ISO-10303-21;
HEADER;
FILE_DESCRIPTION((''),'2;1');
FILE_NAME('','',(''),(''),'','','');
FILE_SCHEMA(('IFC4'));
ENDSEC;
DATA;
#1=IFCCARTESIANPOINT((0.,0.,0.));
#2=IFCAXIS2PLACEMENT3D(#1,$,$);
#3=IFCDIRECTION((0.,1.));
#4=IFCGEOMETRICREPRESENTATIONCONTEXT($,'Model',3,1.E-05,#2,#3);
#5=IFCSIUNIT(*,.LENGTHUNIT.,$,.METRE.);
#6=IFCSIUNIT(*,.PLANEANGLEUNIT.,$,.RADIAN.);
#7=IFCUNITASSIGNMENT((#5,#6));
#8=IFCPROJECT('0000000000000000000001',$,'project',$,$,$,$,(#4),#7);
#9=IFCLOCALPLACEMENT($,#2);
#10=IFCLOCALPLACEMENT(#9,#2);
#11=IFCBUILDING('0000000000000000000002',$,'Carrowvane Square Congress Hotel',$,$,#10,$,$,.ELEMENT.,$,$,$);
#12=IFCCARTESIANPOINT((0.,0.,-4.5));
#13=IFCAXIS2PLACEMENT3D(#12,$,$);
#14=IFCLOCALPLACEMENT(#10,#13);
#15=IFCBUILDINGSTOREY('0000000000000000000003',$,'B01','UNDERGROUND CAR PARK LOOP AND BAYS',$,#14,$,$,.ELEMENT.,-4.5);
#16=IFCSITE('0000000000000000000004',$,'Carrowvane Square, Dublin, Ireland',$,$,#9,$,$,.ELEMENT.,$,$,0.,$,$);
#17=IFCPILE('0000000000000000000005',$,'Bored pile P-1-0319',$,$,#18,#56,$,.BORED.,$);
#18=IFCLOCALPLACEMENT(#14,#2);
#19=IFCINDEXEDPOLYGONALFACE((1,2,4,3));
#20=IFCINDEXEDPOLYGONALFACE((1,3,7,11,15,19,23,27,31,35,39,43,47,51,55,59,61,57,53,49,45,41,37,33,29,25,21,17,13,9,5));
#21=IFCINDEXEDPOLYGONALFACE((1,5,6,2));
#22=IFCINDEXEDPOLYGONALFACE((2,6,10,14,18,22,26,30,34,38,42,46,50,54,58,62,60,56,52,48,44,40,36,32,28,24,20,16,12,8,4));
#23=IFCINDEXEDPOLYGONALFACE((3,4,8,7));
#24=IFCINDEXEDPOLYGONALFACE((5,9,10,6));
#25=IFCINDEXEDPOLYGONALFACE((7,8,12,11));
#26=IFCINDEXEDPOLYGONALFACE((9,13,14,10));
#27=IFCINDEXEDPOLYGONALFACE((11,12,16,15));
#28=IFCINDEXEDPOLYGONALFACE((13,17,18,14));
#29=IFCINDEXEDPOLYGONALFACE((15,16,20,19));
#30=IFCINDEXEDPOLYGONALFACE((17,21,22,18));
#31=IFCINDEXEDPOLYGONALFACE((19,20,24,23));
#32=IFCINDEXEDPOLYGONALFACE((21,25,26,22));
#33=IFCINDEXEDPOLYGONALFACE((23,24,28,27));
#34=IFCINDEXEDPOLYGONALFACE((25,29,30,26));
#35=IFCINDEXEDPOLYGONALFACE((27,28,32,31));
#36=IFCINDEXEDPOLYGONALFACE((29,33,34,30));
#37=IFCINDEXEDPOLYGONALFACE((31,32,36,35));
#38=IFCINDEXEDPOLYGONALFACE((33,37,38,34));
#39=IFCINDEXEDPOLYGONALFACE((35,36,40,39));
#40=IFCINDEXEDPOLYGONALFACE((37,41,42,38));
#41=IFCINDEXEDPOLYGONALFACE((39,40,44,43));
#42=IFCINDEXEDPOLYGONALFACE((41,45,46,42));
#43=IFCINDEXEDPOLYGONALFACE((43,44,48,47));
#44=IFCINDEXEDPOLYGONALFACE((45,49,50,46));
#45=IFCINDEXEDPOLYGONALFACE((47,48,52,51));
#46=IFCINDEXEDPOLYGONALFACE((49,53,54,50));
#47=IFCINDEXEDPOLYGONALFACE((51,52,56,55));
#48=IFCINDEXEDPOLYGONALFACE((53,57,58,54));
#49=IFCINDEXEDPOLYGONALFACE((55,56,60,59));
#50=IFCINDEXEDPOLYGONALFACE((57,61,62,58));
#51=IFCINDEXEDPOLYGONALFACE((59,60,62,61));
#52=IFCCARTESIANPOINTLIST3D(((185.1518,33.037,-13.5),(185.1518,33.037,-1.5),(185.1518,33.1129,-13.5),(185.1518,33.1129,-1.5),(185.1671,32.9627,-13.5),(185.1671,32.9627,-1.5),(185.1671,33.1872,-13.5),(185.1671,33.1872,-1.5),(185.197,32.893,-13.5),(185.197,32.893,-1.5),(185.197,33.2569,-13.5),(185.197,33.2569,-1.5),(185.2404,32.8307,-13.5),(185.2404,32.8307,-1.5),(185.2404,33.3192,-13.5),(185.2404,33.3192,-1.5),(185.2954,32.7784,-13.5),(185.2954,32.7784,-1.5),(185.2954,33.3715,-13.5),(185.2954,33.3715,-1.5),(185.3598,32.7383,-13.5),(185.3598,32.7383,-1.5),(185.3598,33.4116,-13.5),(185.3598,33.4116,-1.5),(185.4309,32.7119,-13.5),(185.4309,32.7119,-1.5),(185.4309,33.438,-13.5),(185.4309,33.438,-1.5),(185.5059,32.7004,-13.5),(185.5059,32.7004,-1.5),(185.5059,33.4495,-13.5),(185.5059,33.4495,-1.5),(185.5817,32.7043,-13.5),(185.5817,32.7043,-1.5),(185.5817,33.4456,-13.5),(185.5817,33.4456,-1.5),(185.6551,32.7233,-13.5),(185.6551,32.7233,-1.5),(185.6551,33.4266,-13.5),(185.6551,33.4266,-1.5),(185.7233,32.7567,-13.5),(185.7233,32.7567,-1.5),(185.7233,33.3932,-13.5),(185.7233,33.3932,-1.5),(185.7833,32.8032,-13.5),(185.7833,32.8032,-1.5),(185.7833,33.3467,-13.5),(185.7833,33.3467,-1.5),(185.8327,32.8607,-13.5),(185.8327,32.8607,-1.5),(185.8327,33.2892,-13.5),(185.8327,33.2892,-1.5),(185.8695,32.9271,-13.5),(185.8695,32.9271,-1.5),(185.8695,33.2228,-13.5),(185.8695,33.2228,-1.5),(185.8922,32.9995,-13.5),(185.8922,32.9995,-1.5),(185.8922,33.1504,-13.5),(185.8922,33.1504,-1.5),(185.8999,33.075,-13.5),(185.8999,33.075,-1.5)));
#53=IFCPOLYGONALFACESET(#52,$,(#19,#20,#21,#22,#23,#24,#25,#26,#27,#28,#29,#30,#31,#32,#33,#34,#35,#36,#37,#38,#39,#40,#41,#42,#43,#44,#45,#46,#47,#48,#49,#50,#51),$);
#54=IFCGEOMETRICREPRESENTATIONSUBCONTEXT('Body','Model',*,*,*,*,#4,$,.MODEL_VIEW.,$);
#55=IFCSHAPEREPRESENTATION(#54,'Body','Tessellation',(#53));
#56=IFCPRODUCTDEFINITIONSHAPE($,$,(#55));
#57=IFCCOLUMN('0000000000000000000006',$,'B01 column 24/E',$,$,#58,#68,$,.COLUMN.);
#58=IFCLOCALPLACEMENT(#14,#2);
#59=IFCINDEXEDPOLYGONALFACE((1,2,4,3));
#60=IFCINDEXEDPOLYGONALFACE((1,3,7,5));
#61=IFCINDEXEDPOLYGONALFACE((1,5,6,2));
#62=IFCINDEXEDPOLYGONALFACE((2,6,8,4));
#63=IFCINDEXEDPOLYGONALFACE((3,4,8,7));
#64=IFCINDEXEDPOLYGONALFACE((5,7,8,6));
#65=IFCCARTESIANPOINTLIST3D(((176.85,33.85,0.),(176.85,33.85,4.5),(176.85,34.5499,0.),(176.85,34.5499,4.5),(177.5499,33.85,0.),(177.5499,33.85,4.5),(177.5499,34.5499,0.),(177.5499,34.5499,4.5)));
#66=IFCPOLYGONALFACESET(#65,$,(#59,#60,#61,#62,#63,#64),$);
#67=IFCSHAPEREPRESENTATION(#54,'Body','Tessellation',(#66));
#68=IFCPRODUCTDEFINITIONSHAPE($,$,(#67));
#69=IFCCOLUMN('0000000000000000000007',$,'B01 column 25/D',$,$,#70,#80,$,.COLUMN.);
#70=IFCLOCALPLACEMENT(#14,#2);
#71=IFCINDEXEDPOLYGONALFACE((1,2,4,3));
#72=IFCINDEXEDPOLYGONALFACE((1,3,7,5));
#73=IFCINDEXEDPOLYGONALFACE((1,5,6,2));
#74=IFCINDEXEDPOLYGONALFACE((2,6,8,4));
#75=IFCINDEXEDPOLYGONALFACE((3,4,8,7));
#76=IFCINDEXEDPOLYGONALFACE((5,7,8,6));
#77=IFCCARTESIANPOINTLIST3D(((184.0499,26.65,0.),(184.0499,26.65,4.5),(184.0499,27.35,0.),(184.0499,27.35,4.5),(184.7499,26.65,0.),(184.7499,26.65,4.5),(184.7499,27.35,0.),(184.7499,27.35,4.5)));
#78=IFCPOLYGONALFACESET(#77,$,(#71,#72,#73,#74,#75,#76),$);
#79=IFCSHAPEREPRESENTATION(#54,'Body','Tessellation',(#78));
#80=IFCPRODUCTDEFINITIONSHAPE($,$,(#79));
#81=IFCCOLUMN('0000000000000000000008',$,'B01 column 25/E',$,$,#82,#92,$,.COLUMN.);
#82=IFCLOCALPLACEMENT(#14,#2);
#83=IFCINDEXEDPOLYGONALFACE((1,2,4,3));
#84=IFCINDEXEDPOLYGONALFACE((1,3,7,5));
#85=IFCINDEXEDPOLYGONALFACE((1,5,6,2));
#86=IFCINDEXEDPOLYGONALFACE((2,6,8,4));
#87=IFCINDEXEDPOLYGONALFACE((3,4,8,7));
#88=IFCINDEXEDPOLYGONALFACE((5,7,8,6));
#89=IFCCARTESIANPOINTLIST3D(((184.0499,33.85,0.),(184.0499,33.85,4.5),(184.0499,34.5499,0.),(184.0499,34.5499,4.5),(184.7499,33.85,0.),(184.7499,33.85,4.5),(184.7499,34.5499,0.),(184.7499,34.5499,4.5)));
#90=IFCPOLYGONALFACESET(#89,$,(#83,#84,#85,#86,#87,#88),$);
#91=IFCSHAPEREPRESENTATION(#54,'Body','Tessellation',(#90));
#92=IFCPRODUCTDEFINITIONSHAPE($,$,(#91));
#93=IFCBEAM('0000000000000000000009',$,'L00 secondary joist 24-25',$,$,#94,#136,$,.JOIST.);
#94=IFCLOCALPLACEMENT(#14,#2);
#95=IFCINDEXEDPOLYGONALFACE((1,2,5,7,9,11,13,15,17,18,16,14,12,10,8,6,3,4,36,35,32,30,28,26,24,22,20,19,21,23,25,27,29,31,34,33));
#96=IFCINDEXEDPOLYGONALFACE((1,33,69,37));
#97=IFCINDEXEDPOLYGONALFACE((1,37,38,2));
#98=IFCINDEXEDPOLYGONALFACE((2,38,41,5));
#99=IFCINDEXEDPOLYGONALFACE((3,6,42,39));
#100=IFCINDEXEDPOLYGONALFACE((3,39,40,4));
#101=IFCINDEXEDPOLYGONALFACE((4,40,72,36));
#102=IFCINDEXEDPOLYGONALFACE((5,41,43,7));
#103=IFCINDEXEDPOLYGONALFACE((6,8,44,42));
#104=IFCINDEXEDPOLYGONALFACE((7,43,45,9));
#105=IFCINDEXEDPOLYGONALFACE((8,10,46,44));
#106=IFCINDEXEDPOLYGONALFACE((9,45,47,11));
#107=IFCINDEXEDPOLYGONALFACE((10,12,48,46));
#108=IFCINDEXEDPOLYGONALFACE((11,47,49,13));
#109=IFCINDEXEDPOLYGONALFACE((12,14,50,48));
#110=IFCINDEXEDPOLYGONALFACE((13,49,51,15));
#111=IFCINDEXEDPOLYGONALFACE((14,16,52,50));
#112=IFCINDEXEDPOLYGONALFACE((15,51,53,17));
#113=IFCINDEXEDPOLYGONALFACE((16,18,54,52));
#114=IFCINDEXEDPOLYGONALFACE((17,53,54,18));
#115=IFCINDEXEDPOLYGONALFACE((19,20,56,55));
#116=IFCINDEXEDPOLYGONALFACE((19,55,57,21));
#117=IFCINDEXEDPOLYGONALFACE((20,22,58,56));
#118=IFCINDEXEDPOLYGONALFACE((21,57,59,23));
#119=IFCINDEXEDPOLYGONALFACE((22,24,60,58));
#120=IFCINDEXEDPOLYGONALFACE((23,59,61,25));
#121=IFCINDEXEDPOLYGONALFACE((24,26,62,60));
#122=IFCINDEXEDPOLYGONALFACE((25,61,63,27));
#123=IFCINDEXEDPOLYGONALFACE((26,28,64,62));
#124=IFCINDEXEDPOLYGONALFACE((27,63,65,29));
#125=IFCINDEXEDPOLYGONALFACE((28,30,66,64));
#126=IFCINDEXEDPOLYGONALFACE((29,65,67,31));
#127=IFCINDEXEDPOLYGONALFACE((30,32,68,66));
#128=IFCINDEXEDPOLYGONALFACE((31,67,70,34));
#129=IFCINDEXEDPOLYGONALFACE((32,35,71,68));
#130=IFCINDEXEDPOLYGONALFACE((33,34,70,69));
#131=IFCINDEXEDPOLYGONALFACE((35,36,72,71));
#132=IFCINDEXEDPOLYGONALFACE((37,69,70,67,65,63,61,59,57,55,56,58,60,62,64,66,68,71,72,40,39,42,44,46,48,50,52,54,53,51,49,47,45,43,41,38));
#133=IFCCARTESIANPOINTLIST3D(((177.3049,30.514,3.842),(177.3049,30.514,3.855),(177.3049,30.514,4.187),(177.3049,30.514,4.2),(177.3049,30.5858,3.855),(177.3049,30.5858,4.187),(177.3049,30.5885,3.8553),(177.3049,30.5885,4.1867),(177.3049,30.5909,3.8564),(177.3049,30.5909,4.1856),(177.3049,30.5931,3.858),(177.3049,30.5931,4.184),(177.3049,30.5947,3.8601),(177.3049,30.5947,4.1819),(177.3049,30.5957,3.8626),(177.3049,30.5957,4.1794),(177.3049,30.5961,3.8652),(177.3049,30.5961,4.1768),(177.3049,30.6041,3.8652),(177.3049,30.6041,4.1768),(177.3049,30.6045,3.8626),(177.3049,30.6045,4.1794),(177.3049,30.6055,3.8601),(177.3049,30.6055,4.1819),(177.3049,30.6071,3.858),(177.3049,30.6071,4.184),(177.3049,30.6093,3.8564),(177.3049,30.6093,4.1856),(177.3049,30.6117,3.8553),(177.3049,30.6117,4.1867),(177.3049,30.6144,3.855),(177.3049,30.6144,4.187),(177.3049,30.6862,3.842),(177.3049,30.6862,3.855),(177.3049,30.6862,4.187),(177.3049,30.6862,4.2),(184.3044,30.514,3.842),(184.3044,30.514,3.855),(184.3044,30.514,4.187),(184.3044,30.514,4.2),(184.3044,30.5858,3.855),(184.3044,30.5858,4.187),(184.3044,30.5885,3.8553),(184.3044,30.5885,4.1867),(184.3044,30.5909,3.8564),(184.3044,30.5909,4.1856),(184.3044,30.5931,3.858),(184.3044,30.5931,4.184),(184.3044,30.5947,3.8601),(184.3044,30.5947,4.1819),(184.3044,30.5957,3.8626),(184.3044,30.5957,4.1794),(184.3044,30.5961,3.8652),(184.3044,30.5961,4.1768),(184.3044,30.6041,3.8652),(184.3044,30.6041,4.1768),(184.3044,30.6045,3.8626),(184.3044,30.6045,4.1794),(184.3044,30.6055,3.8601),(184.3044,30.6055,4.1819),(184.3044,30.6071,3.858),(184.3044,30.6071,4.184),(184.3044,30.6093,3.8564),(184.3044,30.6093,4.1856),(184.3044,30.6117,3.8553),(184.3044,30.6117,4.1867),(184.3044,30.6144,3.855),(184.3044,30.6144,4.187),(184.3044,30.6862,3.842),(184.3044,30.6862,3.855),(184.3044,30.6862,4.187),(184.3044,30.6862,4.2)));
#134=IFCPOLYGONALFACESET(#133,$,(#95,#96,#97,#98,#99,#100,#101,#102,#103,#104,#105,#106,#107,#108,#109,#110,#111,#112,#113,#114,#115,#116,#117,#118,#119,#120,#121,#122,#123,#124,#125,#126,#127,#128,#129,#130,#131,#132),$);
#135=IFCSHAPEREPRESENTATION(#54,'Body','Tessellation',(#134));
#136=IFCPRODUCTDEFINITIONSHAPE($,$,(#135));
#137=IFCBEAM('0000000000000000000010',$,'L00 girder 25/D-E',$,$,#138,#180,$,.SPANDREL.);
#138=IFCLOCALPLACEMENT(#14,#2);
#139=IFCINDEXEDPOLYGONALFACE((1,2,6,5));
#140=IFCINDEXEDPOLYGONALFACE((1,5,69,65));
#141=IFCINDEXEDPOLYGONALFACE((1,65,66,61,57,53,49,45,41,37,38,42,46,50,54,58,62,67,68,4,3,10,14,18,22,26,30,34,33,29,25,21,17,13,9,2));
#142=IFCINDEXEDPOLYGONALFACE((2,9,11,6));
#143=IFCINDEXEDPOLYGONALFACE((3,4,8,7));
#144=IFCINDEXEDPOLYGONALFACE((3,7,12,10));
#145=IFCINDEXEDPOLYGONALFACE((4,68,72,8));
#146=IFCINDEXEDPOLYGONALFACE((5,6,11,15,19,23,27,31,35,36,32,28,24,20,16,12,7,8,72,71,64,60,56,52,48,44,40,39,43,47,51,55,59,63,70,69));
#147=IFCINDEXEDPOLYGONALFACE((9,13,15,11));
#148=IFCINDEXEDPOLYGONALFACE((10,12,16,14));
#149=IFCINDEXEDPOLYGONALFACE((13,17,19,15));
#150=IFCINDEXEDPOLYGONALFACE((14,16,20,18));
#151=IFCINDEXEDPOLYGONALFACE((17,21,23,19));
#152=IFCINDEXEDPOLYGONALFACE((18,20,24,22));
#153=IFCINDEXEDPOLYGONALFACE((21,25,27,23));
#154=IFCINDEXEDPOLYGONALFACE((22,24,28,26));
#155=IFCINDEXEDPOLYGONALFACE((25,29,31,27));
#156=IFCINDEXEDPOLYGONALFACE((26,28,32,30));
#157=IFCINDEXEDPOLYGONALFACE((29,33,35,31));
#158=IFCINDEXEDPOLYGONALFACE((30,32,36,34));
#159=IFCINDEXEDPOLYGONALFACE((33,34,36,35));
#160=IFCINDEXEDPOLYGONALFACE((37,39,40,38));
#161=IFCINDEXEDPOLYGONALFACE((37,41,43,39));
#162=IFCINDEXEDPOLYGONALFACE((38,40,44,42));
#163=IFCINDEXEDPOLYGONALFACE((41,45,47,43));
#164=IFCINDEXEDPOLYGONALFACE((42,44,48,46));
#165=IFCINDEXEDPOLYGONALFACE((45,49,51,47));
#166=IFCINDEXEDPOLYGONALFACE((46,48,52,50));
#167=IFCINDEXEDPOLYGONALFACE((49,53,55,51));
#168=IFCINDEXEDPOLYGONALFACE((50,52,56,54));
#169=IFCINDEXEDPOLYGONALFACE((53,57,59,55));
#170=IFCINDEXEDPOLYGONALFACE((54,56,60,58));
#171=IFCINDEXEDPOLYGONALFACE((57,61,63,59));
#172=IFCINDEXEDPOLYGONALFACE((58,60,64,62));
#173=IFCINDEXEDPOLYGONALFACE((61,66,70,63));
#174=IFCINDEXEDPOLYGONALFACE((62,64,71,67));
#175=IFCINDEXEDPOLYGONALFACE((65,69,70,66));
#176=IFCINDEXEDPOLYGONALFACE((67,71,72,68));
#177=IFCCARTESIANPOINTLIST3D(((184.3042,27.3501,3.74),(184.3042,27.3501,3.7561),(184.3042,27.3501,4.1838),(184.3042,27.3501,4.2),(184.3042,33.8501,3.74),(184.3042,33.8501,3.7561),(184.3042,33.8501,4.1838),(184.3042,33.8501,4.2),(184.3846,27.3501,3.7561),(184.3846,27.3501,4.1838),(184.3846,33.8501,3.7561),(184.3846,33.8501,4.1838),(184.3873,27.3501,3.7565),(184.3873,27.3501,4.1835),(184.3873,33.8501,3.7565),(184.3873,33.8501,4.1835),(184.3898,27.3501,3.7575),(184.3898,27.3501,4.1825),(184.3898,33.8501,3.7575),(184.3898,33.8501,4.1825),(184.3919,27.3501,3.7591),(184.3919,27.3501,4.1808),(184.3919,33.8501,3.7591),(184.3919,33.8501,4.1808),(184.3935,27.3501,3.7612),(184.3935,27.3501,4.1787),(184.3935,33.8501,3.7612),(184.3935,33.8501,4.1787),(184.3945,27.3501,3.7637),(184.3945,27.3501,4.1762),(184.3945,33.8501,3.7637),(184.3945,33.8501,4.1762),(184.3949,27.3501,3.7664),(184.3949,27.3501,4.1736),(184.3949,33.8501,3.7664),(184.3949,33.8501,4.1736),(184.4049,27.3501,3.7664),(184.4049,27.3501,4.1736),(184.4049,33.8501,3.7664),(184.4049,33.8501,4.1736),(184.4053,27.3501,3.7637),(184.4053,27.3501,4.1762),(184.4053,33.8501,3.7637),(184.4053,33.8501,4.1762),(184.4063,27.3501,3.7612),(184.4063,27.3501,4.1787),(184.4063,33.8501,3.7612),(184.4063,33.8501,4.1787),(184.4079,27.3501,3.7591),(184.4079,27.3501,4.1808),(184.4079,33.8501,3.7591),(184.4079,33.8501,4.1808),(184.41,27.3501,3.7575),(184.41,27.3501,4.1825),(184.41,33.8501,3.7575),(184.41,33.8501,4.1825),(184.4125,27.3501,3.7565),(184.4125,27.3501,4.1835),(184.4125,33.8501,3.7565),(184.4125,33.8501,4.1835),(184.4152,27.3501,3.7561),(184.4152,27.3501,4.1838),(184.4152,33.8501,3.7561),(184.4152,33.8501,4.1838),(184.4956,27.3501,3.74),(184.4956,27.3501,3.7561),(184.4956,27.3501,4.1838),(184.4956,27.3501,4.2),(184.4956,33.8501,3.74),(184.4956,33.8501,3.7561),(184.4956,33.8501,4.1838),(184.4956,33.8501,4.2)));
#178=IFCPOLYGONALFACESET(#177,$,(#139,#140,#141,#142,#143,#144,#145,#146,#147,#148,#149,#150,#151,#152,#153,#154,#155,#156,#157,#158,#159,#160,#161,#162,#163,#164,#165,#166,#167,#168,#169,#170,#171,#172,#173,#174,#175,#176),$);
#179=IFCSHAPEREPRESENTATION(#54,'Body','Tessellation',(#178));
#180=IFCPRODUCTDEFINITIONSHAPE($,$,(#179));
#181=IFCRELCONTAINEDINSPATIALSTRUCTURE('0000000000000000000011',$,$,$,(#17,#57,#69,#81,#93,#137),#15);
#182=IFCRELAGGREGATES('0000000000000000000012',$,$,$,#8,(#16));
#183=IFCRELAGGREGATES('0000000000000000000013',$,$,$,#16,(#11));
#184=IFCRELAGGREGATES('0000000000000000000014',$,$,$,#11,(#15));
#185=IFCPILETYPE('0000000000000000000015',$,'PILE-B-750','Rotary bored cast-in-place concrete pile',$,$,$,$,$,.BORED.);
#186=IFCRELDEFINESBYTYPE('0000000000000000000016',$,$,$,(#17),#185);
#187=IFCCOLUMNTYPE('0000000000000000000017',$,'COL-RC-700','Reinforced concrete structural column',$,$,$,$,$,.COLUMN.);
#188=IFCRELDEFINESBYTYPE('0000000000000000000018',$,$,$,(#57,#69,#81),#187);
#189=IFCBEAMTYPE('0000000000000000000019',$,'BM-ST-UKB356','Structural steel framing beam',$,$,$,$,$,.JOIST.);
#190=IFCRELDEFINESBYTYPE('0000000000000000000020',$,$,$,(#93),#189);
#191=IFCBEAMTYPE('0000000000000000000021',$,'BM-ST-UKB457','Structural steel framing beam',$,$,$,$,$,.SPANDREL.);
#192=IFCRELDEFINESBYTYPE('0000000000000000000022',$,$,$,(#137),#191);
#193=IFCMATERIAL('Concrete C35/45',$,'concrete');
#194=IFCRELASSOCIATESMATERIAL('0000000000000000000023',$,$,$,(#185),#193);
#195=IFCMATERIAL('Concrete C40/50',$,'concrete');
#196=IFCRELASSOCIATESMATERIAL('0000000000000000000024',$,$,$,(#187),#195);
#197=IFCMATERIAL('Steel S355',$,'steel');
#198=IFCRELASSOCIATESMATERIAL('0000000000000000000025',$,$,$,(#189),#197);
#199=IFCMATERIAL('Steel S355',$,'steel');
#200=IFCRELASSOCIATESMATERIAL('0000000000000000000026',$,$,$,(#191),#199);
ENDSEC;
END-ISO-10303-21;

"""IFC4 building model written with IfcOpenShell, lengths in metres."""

from ifc_helpers import new_model, si_unit, direction, frame, origin, origin_2d, place, context, subcontext, project, spatial, rectangle, circle, i_section, extrude, material, material_profile, profile_set, type_object, element, save


model = new_model("IFC4")

# Units and contexts
model_context = context("Model", 3, precision=1e-05, world=origin(), true_north=direction((0.0, 1.0)))
body_context = subcontext(model_context, "Body", "Model", "MODEL_VIEW")
ifc_project = project(units=[si_unit("LENGTHUNIT", "METRE"), si_unit("PLANEANGLEUNIT", "RADIAN")], contexts=[model_context])

# Site, building, storey
site_placement = place(None, origin())
site = spatial("IfcSite", under=ifc_project, at=site_placement, Name="Carrowvane Square, Dublin, Ireland", CompositionType="ELEMENT", RefElevation=0.0)
building_placement = place(site_placement, origin())
building = spatial("IfcBuilding", under=site, at=building_placement, Name="Carrowvane Square Congress Hotel", CompositionType="ELEMENT")
storey_placement = place(building_placement, frame((0.0, 0.0, -4.5)))
storey = spatial("IfcBuildingStorey", under=building, at=storey_placement, Name="B01", Description="UNDERGROUND CAR PARK LOOP AND BAYS", CompositionType="ELEMENT", Elevation=-4.5)

# Pile
ifc_material_1 = material(Name="Concrete C35/45", Category="concrete")
ifc_material_profile_1 = material_profile(ifc_material_1, circle(Radius=0.375, at=origin_2d()), Name="PILE D750")
ifc_profile_set_1 = profile_set([ifc_material_profile_1], Name="Concrete C35/45")
pile_type = type_object("IfcPileType", Name="PILE-B-750", Description="Rotary bored cast-in-place concrete pile", PredefinedType="BORED", material=ifc_profile_set_1)
for number, where, z_axis, x_axis, name in (
    (1, (185.5249, 33.075, -1.5), (0.0, 0.0, -1.0), (1.0, 0.0, 0.0), "Bored pile P-1-0319"),
):
    element("IfcPile", number, at=place(storey_placement, frame(where, z_axis=z_axis, x_axis=x_axis)), inside=storey, type_object=pile_type, Name=name, PredefinedType="BORED", context=body_context, shape_type="SweptSolid", body=[
        extrude(circle(Radius=0.375, at=origin_2d()), origin(), (0.0, 0.0, 1.0), 12.0),
    ])

# Columns
ifc_material_2 = material(Name="Concrete C40/50", Category="concrete")
ifc_material_profile_2 = material_profile(ifc_material_2, rectangle(XDim=0.7, YDim=0.7, at=origin_2d()), Name="RC 700x700")
ifc_profile_set_2 = profile_set([ifc_material_profile_2], Name="Concrete C40/50")
column_type = type_object("IfcColumnType", Name="COL-RC-700", Description="Reinforced concrete structural column", PredefinedType="COLUMN", material=ifc_profile_set_2)
for number, where, z_axis, x_axis, name in (
    (2, (177.2, 34.2, 0.0), (0.0, 0.0, 1.0), (1.0, 0.0, 0.0), "B01 column 24/E"),
    (3, (184.3999, 27.0, 0.0), (0.0, 0.0, 1.0), (1.0, 0.0, 0.0), "B01 column 25/D"),
    (4, (184.3999, 34.2, 0.0), (0.0, 0.0, 1.0), (1.0, 0.0, 0.0), "B01 column 25/E"),
):
    element("IfcColumn", number, at=place(storey_placement, frame(where, z_axis=z_axis, x_axis=x_axis)), inside=storey, type_object=column_type, Name=name, PredefinedType="COLUMN", context=body_context, shape_type="SweptSolid", body=[
        extrude(rectangle(XDim=0.7, YDim=0.7, at=origin_2d()), origin(), (0.0, 0.0, 1.0), 4.5),
    ])

# Beams
ifc_material_3 = material(Name="Steel S355", Category="steel")
ifc_material_profile_3 = material_profile(ifc_material_3, i_section(OverallWidth=0.1721, OverallDepth=0.3579, WebThickness=0.0081, FlangeThickness=0.0129, FilletRadius=0.0103, at=origin_2d()), Name="UKB 356x171x57")
ifc_profile_set_3 = profile_set([ifc_material_profile_3], Name="Steel S355")
beam_type_1 = type_object("IfcBeamType", Name="BM-ST-UKB356", Description="Structural steel framing beam", PredefinedType="JOIST", material=ifc_profile_set_3)
beam_placement = place(storey_placement, frame((177.3049, 30.6001, 4.021), z_axis=(1.0, 0.0, 0.0), x_axis=(0.0, 1.0, 0.0)))
element("IfcBeam", 5, at=beam_placement, inside=storey, type_object=beam_type_1, Name="L00 secondary joist 24-25", PredefinedType="JOIST", context=body_context, shape_type="SweptSolid", body=[
    extrude(i_section(OverallWidth=0.1721, OverallDepth=0.3579, WebThickness=0.0081, FlangeThickness=0.0129, FilletRadius=0.0103, at=origin_2d()), origin(), (0.0, 0.0, 1.0), 6.9995),
])
ifc_material_4 = material(Name="Steel S355", Category="steel")
ifc_material_profile_4 = material_profile(ifc_material_4, i_section(OverallWidth=0.1914, OverallDepth=0.46, WebThickness=0.01, FlangeThickness=0.0161, FilletRadius=0.0103, at=origin_2d()), Name="UKB 457x191x82")
ifc_profile_set_4 = profile_set([ifc_material_profile_4], Name="Steel S355")
beam_type_2 = type_object("IfcBeamType", Name="BM-ST-UKB457", Description="Structural steel framing beam", PredefinedType="SPANDREL", material=ifc_profile_set_4)
for number, where, z_axis, x_axis, name in (
    (6, (184.3999, 27.3501, 3.97), (0.0, 1.0, 0.0), (-1.0, 0.0, 0.0), "L00 girder 25/D-E"),
):
    element("IfcBeam", number, at=place(storey_placement, frame(where, z_axis=z_axis, x_axis=x_axis)), inside=storey, type_object=beam_type_2, Name=name, PredefinedType="SPANDREL", context=body_context, shape_type="SweptSolid", body=[
        extrude(i_section(OverallWidth=0.1914, OverallDepth=0.46, WebThickness=0.01, FlangeThickness=0.0161, FilletRadius=0.0103, at=origin_2d()), origin(), (0.0, 0.0, 1.0), 6.5),
    ])

save(model, "model.ifc")
